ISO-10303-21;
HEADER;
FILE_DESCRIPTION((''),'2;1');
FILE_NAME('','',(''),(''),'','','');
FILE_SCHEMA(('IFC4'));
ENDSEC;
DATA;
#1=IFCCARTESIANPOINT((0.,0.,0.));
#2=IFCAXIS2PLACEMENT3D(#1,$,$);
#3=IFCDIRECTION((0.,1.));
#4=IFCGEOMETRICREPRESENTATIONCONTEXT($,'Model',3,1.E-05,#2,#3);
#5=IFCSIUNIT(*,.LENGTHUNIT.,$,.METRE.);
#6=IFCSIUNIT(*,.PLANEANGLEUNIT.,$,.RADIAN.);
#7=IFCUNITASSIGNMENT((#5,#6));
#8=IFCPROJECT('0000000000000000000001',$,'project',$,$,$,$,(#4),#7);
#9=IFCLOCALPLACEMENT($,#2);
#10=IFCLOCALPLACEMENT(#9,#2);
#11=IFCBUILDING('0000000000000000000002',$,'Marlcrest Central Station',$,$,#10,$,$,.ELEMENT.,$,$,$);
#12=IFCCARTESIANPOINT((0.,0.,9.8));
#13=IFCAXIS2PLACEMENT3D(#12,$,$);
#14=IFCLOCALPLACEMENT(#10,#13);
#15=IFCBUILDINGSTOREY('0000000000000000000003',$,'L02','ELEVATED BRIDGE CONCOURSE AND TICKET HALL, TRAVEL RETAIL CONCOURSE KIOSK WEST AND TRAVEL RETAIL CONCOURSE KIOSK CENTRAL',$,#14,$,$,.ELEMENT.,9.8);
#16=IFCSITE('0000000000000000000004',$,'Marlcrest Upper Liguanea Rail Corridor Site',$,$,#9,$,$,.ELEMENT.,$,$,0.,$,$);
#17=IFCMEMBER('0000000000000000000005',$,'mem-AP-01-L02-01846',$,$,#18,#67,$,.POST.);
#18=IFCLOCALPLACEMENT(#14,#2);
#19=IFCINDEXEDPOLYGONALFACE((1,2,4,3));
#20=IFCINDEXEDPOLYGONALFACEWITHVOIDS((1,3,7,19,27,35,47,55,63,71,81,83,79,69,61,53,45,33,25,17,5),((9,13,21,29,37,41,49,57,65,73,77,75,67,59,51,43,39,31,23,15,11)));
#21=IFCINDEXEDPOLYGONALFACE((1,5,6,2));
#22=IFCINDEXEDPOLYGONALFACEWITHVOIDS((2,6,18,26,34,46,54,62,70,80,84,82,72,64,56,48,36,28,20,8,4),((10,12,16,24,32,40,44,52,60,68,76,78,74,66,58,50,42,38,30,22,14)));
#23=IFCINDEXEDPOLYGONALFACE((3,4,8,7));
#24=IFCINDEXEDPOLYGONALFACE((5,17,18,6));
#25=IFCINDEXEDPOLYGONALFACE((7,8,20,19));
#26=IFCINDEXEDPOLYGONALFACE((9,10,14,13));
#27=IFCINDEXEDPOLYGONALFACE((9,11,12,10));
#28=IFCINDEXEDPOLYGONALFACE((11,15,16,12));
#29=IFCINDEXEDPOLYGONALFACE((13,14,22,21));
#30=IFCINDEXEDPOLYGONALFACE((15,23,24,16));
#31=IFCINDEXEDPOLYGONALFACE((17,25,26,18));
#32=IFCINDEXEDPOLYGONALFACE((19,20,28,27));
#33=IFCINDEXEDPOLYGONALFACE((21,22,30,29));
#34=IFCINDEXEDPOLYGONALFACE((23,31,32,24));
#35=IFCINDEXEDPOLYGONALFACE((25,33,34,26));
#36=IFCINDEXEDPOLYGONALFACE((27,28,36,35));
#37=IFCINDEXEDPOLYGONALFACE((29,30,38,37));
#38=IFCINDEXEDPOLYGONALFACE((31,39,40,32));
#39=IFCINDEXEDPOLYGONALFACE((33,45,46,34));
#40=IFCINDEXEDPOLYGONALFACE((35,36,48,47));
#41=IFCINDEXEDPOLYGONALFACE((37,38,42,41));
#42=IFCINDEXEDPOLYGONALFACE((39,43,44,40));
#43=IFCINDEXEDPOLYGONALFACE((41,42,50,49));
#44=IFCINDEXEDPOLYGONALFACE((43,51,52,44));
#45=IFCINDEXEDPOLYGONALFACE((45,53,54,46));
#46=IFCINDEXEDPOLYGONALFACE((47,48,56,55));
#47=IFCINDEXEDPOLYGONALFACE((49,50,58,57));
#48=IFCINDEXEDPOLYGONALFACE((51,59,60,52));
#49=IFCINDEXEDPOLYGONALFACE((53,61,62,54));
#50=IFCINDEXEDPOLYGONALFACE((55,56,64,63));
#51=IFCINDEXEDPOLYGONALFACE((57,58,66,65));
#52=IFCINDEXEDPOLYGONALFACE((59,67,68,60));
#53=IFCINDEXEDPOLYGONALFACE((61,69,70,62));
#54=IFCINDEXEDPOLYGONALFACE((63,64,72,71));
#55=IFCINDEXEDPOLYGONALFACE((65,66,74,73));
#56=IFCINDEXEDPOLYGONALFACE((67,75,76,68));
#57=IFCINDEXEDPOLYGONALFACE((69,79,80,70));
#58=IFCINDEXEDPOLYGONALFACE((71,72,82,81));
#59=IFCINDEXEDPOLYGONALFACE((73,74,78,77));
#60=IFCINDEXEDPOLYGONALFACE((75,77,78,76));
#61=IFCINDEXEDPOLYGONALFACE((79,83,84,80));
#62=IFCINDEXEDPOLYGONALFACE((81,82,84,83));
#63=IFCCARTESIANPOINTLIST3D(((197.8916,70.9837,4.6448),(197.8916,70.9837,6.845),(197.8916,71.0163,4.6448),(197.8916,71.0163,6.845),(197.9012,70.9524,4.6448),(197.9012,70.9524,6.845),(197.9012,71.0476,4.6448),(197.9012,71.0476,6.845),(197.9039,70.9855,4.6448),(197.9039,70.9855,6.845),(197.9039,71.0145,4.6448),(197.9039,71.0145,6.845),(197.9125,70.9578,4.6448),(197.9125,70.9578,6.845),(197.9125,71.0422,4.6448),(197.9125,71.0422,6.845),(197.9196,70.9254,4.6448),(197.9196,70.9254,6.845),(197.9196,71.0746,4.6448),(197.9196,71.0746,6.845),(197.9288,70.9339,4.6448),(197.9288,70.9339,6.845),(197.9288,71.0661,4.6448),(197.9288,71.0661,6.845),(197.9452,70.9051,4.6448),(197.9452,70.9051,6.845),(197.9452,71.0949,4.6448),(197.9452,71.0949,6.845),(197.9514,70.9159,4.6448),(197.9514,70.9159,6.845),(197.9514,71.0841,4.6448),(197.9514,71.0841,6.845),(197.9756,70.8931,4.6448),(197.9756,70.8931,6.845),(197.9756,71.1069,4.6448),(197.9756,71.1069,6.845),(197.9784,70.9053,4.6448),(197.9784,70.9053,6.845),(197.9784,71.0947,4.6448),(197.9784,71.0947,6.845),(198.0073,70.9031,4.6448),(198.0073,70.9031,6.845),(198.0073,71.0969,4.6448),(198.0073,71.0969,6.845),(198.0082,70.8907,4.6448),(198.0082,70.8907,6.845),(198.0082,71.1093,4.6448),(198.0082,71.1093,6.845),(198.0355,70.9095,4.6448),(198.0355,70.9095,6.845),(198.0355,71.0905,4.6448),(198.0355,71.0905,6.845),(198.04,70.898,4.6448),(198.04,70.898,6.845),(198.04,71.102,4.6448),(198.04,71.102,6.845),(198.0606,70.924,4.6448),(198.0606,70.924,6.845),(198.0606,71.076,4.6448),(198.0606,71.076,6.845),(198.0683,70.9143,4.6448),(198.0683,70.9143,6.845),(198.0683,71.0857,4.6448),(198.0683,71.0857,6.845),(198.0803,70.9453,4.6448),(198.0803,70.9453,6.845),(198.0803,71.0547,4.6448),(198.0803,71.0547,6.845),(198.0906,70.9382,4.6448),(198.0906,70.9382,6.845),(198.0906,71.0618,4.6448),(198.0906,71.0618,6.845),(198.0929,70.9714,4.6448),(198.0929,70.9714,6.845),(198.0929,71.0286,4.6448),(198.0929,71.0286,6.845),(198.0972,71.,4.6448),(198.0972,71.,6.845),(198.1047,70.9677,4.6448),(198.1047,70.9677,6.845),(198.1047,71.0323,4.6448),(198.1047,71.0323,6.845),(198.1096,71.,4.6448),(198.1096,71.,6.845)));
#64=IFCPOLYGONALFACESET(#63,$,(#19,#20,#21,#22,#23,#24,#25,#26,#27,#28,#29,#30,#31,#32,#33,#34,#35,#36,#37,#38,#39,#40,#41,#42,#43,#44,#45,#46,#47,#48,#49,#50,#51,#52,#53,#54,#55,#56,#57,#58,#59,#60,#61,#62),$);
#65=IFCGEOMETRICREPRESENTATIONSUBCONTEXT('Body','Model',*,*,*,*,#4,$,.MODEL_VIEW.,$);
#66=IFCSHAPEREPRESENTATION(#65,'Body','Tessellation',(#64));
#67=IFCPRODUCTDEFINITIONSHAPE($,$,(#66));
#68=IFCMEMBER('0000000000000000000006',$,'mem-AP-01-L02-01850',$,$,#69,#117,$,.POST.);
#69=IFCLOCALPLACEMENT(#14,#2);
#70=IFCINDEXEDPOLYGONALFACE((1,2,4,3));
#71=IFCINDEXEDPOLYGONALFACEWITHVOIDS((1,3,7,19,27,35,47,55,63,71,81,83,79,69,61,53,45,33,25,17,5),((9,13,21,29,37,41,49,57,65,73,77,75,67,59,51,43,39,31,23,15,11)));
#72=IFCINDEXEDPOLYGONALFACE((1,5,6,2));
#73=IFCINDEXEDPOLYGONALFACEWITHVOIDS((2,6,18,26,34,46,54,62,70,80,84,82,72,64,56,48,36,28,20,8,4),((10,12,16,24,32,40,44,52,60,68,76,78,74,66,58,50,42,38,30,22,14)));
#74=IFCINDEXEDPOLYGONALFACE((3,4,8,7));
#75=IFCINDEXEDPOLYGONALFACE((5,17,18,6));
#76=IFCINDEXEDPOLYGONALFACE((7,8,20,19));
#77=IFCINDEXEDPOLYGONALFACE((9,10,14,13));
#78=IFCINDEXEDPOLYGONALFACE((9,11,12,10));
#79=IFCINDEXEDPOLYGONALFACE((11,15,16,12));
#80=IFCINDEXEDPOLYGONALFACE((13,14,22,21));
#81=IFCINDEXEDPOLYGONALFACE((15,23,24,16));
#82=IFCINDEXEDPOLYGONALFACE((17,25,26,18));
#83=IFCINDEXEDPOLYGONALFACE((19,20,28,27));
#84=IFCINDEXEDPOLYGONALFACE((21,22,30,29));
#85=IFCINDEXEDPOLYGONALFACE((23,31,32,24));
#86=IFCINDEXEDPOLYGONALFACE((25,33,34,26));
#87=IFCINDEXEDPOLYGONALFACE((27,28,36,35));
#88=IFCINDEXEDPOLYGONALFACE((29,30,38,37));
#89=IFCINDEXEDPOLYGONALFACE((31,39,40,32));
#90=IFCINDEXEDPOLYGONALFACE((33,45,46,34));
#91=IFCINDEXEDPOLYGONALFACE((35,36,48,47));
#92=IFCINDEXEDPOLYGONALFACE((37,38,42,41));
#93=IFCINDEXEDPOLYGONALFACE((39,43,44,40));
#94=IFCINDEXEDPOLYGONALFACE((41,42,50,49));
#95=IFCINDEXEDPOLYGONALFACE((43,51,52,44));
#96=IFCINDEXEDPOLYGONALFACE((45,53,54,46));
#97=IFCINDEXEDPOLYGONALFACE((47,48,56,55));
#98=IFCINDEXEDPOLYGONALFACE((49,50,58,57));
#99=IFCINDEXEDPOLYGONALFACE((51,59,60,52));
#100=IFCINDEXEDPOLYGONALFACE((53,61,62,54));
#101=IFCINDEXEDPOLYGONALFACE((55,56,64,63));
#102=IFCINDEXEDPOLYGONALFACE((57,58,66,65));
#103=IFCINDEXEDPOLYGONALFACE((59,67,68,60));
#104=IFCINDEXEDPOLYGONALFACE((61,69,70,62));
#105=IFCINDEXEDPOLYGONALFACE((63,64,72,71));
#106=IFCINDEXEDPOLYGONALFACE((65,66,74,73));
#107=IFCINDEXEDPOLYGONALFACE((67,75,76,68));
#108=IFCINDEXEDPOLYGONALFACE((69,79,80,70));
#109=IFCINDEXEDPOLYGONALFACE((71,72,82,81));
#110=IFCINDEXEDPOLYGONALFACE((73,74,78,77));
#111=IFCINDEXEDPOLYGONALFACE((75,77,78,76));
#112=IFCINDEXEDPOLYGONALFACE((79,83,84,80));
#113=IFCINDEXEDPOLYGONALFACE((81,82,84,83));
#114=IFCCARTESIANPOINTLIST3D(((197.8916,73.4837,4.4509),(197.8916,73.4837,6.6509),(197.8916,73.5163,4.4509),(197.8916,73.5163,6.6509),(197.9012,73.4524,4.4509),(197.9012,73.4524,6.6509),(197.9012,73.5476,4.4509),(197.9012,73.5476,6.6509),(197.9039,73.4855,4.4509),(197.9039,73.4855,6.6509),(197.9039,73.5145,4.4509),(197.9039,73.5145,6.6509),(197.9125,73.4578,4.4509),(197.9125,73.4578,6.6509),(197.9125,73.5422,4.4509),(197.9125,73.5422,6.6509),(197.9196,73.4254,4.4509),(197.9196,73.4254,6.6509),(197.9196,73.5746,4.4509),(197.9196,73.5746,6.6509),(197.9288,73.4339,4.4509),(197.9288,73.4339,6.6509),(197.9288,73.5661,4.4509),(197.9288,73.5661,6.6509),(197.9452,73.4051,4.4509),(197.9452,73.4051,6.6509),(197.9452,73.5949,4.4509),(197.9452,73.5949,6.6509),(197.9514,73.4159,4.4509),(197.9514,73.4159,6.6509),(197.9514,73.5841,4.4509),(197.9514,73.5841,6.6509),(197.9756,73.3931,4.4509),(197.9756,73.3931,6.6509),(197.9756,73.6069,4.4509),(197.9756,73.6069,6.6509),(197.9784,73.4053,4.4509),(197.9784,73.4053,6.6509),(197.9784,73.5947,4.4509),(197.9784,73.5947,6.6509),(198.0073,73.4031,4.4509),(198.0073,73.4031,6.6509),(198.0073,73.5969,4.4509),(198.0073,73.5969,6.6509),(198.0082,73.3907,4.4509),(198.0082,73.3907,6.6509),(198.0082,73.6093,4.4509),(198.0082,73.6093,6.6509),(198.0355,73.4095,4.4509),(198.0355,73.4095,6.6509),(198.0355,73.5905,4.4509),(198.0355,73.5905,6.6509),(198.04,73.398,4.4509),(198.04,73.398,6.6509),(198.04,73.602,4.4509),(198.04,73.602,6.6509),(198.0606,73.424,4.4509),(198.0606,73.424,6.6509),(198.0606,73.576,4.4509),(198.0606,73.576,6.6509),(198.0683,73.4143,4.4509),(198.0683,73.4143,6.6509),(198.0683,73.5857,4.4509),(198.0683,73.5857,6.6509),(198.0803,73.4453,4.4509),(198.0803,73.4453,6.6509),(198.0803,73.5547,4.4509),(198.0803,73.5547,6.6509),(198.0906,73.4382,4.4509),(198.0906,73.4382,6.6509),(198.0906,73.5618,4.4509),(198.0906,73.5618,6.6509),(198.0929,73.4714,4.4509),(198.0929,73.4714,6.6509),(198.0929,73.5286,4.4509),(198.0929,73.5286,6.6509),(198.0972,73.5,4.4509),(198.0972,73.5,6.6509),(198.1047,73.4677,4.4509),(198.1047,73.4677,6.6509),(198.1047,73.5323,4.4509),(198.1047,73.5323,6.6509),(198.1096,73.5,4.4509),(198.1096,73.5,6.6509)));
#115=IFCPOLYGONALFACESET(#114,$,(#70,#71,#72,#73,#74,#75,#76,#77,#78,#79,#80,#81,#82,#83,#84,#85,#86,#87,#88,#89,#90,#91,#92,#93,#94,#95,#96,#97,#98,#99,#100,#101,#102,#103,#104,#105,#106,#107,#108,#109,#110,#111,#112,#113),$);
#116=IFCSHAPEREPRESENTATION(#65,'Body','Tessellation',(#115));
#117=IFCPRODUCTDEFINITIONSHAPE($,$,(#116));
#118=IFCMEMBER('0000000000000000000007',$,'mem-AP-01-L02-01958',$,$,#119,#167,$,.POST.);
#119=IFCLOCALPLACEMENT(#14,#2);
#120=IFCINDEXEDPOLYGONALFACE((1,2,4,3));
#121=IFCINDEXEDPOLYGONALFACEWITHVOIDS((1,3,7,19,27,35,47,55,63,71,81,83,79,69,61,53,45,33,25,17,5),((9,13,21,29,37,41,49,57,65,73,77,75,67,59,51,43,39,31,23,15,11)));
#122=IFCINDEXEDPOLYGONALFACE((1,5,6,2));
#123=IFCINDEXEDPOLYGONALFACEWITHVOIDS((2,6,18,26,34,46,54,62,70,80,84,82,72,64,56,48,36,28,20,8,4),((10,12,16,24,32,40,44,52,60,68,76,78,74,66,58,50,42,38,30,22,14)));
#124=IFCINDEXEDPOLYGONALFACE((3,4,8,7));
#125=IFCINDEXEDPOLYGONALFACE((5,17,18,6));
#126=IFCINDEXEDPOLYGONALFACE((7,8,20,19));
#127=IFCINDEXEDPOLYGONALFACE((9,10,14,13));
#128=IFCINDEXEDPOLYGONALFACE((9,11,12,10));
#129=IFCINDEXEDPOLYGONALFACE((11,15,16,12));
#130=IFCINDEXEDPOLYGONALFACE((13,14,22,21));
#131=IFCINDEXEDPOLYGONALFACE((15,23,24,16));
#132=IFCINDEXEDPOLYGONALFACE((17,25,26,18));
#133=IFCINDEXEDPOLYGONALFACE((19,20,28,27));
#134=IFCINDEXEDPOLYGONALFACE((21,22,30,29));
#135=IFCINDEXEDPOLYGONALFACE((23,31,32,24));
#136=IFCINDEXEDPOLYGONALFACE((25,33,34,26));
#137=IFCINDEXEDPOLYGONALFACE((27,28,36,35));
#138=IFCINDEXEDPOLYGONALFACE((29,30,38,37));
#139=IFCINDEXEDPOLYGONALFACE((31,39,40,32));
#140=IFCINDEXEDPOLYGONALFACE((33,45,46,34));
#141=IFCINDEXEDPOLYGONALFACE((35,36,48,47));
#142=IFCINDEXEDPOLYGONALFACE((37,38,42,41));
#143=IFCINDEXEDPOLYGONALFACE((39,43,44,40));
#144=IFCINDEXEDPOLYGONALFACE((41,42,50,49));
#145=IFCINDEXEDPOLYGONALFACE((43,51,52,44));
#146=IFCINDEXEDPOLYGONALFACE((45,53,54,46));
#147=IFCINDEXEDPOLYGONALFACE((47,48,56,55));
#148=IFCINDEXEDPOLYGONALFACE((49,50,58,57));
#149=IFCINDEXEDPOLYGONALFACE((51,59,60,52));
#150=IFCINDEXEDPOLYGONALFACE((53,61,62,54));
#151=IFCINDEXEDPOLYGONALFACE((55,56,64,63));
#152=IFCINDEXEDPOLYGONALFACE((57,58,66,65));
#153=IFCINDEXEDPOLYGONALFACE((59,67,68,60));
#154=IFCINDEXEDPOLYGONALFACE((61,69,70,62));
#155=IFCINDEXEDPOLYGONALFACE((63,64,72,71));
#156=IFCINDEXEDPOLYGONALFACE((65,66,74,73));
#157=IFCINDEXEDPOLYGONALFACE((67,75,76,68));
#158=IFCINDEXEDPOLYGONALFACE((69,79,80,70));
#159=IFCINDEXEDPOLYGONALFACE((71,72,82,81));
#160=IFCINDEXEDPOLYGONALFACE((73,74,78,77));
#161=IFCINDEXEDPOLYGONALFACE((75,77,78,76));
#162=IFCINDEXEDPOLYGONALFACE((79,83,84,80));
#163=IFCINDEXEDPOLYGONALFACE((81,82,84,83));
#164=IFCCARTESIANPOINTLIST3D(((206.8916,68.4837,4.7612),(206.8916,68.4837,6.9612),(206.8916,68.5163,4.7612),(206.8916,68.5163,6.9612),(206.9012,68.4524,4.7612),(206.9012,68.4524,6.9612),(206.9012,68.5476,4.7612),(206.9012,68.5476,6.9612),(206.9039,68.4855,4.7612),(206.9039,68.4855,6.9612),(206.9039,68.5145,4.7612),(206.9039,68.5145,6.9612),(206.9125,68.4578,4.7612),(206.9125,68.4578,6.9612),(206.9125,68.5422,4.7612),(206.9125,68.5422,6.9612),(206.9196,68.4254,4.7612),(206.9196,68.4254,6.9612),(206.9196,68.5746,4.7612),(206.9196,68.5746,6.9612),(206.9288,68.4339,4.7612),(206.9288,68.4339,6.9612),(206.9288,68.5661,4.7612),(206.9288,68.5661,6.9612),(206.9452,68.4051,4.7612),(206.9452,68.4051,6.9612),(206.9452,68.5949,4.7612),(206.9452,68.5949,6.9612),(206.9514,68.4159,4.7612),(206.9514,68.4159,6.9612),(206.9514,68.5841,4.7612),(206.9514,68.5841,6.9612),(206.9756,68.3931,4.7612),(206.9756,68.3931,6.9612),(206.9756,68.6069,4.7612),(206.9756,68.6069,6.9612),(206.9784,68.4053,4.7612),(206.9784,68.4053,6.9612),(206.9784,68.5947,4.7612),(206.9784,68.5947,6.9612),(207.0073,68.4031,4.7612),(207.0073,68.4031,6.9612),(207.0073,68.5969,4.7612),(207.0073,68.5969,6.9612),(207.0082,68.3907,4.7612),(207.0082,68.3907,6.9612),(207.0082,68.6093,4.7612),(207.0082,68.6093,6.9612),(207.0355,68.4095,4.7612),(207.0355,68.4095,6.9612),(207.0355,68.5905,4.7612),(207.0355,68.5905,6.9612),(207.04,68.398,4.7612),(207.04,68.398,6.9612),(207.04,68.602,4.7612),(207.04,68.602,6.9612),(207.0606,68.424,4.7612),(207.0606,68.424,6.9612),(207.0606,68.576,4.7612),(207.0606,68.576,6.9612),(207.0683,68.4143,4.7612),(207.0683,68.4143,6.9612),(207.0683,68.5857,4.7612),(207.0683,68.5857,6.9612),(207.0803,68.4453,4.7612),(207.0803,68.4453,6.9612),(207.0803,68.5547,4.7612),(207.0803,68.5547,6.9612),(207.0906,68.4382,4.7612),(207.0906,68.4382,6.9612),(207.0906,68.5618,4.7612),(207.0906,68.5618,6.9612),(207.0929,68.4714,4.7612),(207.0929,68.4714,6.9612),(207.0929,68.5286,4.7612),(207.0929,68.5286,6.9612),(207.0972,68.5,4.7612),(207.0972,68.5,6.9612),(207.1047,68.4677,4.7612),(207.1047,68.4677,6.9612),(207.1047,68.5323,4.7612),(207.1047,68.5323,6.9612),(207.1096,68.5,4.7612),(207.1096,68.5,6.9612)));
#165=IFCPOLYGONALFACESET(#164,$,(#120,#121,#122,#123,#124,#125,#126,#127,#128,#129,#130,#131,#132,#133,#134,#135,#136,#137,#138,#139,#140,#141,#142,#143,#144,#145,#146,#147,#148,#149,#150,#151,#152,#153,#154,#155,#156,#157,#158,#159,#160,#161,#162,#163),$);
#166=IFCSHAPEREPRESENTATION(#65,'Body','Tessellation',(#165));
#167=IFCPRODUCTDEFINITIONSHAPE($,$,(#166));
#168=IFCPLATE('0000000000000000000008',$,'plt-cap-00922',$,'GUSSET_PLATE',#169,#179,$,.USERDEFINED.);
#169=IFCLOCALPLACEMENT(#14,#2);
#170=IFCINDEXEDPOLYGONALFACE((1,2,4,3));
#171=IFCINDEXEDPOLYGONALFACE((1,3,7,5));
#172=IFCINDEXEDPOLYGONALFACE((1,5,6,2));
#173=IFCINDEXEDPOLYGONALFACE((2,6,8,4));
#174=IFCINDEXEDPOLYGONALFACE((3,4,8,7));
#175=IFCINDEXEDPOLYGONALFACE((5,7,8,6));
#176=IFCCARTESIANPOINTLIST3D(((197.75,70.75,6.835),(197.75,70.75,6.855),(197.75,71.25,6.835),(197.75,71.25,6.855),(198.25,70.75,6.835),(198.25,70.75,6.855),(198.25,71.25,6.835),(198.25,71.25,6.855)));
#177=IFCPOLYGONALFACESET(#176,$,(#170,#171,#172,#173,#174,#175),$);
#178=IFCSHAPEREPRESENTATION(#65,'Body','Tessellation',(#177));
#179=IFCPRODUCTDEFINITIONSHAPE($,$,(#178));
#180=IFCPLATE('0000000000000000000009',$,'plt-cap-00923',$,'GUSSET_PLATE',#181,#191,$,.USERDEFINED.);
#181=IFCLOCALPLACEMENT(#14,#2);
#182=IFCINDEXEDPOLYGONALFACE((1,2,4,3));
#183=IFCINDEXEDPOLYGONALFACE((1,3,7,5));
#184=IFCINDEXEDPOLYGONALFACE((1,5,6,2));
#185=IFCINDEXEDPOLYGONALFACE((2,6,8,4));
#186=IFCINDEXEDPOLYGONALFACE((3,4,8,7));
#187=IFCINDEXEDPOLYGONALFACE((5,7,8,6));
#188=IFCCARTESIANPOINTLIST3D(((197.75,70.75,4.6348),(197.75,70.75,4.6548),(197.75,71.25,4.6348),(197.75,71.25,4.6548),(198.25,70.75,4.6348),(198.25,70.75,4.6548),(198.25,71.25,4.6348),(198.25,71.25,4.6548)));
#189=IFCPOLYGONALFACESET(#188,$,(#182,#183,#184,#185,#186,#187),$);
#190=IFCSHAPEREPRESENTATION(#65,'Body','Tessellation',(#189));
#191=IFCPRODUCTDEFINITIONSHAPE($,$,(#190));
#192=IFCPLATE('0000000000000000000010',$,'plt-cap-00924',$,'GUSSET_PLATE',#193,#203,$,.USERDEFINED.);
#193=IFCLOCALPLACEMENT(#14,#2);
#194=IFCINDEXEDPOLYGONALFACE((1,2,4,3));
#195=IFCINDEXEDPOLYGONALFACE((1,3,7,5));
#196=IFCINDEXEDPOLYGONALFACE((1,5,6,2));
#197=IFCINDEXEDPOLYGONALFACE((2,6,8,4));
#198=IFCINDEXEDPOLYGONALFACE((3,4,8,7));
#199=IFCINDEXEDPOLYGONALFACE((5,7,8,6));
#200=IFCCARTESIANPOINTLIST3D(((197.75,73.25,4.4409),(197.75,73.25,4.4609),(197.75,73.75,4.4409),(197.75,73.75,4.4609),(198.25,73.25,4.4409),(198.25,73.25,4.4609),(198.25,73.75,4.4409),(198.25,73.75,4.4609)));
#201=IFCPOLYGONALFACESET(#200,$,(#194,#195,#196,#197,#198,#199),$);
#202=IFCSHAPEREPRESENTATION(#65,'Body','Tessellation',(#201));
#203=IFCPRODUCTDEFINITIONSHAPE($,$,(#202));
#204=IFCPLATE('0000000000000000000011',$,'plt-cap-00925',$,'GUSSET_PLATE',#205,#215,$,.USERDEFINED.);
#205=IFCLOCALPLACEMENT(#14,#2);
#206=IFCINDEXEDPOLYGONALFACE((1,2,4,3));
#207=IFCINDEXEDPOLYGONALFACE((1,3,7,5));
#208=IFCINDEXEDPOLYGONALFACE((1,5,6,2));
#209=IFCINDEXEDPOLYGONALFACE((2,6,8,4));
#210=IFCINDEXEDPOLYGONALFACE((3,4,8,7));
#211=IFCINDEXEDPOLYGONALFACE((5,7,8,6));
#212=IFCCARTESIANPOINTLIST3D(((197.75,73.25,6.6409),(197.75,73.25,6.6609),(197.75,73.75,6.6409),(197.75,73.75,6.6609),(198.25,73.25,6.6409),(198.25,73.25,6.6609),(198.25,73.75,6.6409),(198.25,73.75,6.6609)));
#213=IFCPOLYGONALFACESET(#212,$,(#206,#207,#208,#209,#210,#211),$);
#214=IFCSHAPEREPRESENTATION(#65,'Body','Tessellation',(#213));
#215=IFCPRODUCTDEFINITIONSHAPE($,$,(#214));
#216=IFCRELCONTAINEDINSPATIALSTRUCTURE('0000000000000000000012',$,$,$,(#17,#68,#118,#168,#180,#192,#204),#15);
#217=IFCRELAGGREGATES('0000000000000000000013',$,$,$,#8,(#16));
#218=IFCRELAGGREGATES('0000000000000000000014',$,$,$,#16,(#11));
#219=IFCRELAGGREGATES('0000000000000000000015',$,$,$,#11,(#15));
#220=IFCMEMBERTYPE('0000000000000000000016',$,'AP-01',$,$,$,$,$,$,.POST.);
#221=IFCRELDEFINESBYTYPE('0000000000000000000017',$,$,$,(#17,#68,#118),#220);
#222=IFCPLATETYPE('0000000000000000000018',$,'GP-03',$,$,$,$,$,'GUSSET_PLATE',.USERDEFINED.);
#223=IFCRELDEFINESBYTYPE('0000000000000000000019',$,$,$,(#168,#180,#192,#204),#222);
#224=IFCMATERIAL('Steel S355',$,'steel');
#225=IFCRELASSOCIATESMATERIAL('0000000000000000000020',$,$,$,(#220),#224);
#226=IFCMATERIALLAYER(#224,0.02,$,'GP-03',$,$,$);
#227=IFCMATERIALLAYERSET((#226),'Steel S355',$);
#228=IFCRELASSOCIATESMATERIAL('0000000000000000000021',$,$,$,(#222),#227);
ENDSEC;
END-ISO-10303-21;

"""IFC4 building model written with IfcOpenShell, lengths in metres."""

from ifc_helpers import new_model, si_unit, direction, frame, origin, origin_2d, place, context, subcontext, project, spatial, rectangle, hollow_circle, extrude, material, layer, layer_set, material_profile, profile_set, type_object, element, save


model = new_model("IFC4")

# Units and contexts
model_context = context("Model", 3, precision=1e-05, world=origin(), true_north=direction((0.0, 1.0)))
body_context = subcontext(model_context, "Body", "Model", "MODEL_VIEW")
ifc_project = project(units=[si_unit("LENGTHUNIT", "METRE"), si_unit("PLANEANGLEUNIT", "RADIAN")], contexts=[model_context])

# Site, building, storey
site_placement = place(None, origin())
site = spatial("IfcSite", under=ifc_project, at=site_placement, Name="Marlcrest Upper Liguanea Rail Corridor Site", CompositionType="ELEMENT", RefElevation=0.0)
building_placement = place(site_placement, origin())
building = spatial("IfcBuilding", under=site, at=building_placement, Name="Marlcrest Central Station", CompositionType="ELEMENT")
storey_placement = place(building_placement, frame((0.0, 0.0, 9.8)))
storey = spatial("IfcBuildingStorey", under=building, at=storey_placement, Name="L02", Description="ELEVATED BRIDGE CONCOURSE AND TICKET HALL, TRAVEL RETAIL CONCOURSE KIOSK WEST AND TRAVEL RETAIL CONCOURSE KIOSK CENTRAL", CompositionType="ELEMENT", Elevation=9.8)

# Members
ifc_material = material(Name="Steel S355", Category="steel")
ifc_material_profile_1 = material_profile(ifc_material, hollow_circle(Radius=0.1096, WallThickness=0.0125, at=origin_2d()), Name="CHS 219.1x12.5")
ifc_profile_set_1 = profile_set([ifc_material_profile_1], Name="Steel S355")
member_type_1 = type_object("IfcMemberType", Name="AP-01", PredefinedType="POST", material=ifc_profile_set_1)
member_1_placement = place(storey_placement, frame((198.0, 71.0, 4.6448), z_axis=(0.0, 0.0, 1.0), x_axis=(1.0, 0.0, 0.0)))
element("IfcMember", 1, at=member_1_placement, inside=storey, type_object=member_type_1, Name="mem-AP-01-L02-01846", PredefinedType="POST", context=body_context, shape_type="SweptSolid", body=[
    extrude(hollow_circle(Radius=0.1096, WallThickness=0.0125, at=origin_2d()), origin(), (0.0, 0.0, 1.0), 2.2002),
])
for number, where, z_axis, x_axis, name in (
    (2, (198.0, 73.5, 4.4509), (0.0, 0.0, 1.0), (1.0, 0.0, 0.0), "mem-AP-01-L02-01850"),
    (3, (207.0, 68.5, 4.7612), (0.0, 0.0, 1.0), (1.0, 0.0, 0.0), "mem-AP-01-L02-01958"),
):
    element("IfcMember", number, at=place(storey_placement, frame(where, z_axis=z_axis, x_axis=x_axis)), inside=storey, type_object=member_type_1, Name=name, PredefinedType="POST", context=body_context, shape_type="SweptSolid", body=[
        extrude(hollow_circle(Radius=0.1096, WallThickness=0.0125, at=origin_2d()), origin(), (0.0, 0.0, 1.0), 2.2),
    ])

# Plates
ifc_layer = layer(ifc_material, 0.02, Name="GP-03")
ifc_layer_set = layer_set([ifc_layer], Name="Steel S355")
plate_type = type_object("IfcPlateType", Name="GP-03", ElementType="GUSSET_PLATE", PredefinedType="USERDEFINED", material=ifc_layer_set)
for number, where, z_axis, x_axis, name in (
    (4, (198.0, 71.0, 6.835), (0.0, 0.0, 1.0), (1.0, 0.0, 0.0), "plt-cap-00922"),
    (5, (198.0, 71.0, 4.6348), (0.0, 0.0, 1.0), (1.0, 0.0, 0.0), "plt-cap-00923"),
    (6, (198.0, 73.5, 4.4409), (0.0, 0.0, 1.0), (1.0, 0.0, 0.0), "plt-cap-00924"),
    (7, (198.0, 73.5, 6.6409), (0.0, 0.0, 1.0), (1.0, 0.0, 0.0), "plt-cap-00925"),
):
    element("IfcPlate", number, at=place(storey_placement, frame(where, z_axis=z_axis, x_axis=x_axis)), inside=storey, type_object=plate_type, Name=name, ObjectType="GUSSET_PLATE", PredefinedType="USERDEFINED", context=body_context, shape_type="SweptSolid", body=[
        extrude(rectangle(XDim=0.5, YDim=0.5, at=origin_2d()), origin(), (0.0, 0.0, 1.0), 0.02),
    ])

save(model, "model.ifc")
